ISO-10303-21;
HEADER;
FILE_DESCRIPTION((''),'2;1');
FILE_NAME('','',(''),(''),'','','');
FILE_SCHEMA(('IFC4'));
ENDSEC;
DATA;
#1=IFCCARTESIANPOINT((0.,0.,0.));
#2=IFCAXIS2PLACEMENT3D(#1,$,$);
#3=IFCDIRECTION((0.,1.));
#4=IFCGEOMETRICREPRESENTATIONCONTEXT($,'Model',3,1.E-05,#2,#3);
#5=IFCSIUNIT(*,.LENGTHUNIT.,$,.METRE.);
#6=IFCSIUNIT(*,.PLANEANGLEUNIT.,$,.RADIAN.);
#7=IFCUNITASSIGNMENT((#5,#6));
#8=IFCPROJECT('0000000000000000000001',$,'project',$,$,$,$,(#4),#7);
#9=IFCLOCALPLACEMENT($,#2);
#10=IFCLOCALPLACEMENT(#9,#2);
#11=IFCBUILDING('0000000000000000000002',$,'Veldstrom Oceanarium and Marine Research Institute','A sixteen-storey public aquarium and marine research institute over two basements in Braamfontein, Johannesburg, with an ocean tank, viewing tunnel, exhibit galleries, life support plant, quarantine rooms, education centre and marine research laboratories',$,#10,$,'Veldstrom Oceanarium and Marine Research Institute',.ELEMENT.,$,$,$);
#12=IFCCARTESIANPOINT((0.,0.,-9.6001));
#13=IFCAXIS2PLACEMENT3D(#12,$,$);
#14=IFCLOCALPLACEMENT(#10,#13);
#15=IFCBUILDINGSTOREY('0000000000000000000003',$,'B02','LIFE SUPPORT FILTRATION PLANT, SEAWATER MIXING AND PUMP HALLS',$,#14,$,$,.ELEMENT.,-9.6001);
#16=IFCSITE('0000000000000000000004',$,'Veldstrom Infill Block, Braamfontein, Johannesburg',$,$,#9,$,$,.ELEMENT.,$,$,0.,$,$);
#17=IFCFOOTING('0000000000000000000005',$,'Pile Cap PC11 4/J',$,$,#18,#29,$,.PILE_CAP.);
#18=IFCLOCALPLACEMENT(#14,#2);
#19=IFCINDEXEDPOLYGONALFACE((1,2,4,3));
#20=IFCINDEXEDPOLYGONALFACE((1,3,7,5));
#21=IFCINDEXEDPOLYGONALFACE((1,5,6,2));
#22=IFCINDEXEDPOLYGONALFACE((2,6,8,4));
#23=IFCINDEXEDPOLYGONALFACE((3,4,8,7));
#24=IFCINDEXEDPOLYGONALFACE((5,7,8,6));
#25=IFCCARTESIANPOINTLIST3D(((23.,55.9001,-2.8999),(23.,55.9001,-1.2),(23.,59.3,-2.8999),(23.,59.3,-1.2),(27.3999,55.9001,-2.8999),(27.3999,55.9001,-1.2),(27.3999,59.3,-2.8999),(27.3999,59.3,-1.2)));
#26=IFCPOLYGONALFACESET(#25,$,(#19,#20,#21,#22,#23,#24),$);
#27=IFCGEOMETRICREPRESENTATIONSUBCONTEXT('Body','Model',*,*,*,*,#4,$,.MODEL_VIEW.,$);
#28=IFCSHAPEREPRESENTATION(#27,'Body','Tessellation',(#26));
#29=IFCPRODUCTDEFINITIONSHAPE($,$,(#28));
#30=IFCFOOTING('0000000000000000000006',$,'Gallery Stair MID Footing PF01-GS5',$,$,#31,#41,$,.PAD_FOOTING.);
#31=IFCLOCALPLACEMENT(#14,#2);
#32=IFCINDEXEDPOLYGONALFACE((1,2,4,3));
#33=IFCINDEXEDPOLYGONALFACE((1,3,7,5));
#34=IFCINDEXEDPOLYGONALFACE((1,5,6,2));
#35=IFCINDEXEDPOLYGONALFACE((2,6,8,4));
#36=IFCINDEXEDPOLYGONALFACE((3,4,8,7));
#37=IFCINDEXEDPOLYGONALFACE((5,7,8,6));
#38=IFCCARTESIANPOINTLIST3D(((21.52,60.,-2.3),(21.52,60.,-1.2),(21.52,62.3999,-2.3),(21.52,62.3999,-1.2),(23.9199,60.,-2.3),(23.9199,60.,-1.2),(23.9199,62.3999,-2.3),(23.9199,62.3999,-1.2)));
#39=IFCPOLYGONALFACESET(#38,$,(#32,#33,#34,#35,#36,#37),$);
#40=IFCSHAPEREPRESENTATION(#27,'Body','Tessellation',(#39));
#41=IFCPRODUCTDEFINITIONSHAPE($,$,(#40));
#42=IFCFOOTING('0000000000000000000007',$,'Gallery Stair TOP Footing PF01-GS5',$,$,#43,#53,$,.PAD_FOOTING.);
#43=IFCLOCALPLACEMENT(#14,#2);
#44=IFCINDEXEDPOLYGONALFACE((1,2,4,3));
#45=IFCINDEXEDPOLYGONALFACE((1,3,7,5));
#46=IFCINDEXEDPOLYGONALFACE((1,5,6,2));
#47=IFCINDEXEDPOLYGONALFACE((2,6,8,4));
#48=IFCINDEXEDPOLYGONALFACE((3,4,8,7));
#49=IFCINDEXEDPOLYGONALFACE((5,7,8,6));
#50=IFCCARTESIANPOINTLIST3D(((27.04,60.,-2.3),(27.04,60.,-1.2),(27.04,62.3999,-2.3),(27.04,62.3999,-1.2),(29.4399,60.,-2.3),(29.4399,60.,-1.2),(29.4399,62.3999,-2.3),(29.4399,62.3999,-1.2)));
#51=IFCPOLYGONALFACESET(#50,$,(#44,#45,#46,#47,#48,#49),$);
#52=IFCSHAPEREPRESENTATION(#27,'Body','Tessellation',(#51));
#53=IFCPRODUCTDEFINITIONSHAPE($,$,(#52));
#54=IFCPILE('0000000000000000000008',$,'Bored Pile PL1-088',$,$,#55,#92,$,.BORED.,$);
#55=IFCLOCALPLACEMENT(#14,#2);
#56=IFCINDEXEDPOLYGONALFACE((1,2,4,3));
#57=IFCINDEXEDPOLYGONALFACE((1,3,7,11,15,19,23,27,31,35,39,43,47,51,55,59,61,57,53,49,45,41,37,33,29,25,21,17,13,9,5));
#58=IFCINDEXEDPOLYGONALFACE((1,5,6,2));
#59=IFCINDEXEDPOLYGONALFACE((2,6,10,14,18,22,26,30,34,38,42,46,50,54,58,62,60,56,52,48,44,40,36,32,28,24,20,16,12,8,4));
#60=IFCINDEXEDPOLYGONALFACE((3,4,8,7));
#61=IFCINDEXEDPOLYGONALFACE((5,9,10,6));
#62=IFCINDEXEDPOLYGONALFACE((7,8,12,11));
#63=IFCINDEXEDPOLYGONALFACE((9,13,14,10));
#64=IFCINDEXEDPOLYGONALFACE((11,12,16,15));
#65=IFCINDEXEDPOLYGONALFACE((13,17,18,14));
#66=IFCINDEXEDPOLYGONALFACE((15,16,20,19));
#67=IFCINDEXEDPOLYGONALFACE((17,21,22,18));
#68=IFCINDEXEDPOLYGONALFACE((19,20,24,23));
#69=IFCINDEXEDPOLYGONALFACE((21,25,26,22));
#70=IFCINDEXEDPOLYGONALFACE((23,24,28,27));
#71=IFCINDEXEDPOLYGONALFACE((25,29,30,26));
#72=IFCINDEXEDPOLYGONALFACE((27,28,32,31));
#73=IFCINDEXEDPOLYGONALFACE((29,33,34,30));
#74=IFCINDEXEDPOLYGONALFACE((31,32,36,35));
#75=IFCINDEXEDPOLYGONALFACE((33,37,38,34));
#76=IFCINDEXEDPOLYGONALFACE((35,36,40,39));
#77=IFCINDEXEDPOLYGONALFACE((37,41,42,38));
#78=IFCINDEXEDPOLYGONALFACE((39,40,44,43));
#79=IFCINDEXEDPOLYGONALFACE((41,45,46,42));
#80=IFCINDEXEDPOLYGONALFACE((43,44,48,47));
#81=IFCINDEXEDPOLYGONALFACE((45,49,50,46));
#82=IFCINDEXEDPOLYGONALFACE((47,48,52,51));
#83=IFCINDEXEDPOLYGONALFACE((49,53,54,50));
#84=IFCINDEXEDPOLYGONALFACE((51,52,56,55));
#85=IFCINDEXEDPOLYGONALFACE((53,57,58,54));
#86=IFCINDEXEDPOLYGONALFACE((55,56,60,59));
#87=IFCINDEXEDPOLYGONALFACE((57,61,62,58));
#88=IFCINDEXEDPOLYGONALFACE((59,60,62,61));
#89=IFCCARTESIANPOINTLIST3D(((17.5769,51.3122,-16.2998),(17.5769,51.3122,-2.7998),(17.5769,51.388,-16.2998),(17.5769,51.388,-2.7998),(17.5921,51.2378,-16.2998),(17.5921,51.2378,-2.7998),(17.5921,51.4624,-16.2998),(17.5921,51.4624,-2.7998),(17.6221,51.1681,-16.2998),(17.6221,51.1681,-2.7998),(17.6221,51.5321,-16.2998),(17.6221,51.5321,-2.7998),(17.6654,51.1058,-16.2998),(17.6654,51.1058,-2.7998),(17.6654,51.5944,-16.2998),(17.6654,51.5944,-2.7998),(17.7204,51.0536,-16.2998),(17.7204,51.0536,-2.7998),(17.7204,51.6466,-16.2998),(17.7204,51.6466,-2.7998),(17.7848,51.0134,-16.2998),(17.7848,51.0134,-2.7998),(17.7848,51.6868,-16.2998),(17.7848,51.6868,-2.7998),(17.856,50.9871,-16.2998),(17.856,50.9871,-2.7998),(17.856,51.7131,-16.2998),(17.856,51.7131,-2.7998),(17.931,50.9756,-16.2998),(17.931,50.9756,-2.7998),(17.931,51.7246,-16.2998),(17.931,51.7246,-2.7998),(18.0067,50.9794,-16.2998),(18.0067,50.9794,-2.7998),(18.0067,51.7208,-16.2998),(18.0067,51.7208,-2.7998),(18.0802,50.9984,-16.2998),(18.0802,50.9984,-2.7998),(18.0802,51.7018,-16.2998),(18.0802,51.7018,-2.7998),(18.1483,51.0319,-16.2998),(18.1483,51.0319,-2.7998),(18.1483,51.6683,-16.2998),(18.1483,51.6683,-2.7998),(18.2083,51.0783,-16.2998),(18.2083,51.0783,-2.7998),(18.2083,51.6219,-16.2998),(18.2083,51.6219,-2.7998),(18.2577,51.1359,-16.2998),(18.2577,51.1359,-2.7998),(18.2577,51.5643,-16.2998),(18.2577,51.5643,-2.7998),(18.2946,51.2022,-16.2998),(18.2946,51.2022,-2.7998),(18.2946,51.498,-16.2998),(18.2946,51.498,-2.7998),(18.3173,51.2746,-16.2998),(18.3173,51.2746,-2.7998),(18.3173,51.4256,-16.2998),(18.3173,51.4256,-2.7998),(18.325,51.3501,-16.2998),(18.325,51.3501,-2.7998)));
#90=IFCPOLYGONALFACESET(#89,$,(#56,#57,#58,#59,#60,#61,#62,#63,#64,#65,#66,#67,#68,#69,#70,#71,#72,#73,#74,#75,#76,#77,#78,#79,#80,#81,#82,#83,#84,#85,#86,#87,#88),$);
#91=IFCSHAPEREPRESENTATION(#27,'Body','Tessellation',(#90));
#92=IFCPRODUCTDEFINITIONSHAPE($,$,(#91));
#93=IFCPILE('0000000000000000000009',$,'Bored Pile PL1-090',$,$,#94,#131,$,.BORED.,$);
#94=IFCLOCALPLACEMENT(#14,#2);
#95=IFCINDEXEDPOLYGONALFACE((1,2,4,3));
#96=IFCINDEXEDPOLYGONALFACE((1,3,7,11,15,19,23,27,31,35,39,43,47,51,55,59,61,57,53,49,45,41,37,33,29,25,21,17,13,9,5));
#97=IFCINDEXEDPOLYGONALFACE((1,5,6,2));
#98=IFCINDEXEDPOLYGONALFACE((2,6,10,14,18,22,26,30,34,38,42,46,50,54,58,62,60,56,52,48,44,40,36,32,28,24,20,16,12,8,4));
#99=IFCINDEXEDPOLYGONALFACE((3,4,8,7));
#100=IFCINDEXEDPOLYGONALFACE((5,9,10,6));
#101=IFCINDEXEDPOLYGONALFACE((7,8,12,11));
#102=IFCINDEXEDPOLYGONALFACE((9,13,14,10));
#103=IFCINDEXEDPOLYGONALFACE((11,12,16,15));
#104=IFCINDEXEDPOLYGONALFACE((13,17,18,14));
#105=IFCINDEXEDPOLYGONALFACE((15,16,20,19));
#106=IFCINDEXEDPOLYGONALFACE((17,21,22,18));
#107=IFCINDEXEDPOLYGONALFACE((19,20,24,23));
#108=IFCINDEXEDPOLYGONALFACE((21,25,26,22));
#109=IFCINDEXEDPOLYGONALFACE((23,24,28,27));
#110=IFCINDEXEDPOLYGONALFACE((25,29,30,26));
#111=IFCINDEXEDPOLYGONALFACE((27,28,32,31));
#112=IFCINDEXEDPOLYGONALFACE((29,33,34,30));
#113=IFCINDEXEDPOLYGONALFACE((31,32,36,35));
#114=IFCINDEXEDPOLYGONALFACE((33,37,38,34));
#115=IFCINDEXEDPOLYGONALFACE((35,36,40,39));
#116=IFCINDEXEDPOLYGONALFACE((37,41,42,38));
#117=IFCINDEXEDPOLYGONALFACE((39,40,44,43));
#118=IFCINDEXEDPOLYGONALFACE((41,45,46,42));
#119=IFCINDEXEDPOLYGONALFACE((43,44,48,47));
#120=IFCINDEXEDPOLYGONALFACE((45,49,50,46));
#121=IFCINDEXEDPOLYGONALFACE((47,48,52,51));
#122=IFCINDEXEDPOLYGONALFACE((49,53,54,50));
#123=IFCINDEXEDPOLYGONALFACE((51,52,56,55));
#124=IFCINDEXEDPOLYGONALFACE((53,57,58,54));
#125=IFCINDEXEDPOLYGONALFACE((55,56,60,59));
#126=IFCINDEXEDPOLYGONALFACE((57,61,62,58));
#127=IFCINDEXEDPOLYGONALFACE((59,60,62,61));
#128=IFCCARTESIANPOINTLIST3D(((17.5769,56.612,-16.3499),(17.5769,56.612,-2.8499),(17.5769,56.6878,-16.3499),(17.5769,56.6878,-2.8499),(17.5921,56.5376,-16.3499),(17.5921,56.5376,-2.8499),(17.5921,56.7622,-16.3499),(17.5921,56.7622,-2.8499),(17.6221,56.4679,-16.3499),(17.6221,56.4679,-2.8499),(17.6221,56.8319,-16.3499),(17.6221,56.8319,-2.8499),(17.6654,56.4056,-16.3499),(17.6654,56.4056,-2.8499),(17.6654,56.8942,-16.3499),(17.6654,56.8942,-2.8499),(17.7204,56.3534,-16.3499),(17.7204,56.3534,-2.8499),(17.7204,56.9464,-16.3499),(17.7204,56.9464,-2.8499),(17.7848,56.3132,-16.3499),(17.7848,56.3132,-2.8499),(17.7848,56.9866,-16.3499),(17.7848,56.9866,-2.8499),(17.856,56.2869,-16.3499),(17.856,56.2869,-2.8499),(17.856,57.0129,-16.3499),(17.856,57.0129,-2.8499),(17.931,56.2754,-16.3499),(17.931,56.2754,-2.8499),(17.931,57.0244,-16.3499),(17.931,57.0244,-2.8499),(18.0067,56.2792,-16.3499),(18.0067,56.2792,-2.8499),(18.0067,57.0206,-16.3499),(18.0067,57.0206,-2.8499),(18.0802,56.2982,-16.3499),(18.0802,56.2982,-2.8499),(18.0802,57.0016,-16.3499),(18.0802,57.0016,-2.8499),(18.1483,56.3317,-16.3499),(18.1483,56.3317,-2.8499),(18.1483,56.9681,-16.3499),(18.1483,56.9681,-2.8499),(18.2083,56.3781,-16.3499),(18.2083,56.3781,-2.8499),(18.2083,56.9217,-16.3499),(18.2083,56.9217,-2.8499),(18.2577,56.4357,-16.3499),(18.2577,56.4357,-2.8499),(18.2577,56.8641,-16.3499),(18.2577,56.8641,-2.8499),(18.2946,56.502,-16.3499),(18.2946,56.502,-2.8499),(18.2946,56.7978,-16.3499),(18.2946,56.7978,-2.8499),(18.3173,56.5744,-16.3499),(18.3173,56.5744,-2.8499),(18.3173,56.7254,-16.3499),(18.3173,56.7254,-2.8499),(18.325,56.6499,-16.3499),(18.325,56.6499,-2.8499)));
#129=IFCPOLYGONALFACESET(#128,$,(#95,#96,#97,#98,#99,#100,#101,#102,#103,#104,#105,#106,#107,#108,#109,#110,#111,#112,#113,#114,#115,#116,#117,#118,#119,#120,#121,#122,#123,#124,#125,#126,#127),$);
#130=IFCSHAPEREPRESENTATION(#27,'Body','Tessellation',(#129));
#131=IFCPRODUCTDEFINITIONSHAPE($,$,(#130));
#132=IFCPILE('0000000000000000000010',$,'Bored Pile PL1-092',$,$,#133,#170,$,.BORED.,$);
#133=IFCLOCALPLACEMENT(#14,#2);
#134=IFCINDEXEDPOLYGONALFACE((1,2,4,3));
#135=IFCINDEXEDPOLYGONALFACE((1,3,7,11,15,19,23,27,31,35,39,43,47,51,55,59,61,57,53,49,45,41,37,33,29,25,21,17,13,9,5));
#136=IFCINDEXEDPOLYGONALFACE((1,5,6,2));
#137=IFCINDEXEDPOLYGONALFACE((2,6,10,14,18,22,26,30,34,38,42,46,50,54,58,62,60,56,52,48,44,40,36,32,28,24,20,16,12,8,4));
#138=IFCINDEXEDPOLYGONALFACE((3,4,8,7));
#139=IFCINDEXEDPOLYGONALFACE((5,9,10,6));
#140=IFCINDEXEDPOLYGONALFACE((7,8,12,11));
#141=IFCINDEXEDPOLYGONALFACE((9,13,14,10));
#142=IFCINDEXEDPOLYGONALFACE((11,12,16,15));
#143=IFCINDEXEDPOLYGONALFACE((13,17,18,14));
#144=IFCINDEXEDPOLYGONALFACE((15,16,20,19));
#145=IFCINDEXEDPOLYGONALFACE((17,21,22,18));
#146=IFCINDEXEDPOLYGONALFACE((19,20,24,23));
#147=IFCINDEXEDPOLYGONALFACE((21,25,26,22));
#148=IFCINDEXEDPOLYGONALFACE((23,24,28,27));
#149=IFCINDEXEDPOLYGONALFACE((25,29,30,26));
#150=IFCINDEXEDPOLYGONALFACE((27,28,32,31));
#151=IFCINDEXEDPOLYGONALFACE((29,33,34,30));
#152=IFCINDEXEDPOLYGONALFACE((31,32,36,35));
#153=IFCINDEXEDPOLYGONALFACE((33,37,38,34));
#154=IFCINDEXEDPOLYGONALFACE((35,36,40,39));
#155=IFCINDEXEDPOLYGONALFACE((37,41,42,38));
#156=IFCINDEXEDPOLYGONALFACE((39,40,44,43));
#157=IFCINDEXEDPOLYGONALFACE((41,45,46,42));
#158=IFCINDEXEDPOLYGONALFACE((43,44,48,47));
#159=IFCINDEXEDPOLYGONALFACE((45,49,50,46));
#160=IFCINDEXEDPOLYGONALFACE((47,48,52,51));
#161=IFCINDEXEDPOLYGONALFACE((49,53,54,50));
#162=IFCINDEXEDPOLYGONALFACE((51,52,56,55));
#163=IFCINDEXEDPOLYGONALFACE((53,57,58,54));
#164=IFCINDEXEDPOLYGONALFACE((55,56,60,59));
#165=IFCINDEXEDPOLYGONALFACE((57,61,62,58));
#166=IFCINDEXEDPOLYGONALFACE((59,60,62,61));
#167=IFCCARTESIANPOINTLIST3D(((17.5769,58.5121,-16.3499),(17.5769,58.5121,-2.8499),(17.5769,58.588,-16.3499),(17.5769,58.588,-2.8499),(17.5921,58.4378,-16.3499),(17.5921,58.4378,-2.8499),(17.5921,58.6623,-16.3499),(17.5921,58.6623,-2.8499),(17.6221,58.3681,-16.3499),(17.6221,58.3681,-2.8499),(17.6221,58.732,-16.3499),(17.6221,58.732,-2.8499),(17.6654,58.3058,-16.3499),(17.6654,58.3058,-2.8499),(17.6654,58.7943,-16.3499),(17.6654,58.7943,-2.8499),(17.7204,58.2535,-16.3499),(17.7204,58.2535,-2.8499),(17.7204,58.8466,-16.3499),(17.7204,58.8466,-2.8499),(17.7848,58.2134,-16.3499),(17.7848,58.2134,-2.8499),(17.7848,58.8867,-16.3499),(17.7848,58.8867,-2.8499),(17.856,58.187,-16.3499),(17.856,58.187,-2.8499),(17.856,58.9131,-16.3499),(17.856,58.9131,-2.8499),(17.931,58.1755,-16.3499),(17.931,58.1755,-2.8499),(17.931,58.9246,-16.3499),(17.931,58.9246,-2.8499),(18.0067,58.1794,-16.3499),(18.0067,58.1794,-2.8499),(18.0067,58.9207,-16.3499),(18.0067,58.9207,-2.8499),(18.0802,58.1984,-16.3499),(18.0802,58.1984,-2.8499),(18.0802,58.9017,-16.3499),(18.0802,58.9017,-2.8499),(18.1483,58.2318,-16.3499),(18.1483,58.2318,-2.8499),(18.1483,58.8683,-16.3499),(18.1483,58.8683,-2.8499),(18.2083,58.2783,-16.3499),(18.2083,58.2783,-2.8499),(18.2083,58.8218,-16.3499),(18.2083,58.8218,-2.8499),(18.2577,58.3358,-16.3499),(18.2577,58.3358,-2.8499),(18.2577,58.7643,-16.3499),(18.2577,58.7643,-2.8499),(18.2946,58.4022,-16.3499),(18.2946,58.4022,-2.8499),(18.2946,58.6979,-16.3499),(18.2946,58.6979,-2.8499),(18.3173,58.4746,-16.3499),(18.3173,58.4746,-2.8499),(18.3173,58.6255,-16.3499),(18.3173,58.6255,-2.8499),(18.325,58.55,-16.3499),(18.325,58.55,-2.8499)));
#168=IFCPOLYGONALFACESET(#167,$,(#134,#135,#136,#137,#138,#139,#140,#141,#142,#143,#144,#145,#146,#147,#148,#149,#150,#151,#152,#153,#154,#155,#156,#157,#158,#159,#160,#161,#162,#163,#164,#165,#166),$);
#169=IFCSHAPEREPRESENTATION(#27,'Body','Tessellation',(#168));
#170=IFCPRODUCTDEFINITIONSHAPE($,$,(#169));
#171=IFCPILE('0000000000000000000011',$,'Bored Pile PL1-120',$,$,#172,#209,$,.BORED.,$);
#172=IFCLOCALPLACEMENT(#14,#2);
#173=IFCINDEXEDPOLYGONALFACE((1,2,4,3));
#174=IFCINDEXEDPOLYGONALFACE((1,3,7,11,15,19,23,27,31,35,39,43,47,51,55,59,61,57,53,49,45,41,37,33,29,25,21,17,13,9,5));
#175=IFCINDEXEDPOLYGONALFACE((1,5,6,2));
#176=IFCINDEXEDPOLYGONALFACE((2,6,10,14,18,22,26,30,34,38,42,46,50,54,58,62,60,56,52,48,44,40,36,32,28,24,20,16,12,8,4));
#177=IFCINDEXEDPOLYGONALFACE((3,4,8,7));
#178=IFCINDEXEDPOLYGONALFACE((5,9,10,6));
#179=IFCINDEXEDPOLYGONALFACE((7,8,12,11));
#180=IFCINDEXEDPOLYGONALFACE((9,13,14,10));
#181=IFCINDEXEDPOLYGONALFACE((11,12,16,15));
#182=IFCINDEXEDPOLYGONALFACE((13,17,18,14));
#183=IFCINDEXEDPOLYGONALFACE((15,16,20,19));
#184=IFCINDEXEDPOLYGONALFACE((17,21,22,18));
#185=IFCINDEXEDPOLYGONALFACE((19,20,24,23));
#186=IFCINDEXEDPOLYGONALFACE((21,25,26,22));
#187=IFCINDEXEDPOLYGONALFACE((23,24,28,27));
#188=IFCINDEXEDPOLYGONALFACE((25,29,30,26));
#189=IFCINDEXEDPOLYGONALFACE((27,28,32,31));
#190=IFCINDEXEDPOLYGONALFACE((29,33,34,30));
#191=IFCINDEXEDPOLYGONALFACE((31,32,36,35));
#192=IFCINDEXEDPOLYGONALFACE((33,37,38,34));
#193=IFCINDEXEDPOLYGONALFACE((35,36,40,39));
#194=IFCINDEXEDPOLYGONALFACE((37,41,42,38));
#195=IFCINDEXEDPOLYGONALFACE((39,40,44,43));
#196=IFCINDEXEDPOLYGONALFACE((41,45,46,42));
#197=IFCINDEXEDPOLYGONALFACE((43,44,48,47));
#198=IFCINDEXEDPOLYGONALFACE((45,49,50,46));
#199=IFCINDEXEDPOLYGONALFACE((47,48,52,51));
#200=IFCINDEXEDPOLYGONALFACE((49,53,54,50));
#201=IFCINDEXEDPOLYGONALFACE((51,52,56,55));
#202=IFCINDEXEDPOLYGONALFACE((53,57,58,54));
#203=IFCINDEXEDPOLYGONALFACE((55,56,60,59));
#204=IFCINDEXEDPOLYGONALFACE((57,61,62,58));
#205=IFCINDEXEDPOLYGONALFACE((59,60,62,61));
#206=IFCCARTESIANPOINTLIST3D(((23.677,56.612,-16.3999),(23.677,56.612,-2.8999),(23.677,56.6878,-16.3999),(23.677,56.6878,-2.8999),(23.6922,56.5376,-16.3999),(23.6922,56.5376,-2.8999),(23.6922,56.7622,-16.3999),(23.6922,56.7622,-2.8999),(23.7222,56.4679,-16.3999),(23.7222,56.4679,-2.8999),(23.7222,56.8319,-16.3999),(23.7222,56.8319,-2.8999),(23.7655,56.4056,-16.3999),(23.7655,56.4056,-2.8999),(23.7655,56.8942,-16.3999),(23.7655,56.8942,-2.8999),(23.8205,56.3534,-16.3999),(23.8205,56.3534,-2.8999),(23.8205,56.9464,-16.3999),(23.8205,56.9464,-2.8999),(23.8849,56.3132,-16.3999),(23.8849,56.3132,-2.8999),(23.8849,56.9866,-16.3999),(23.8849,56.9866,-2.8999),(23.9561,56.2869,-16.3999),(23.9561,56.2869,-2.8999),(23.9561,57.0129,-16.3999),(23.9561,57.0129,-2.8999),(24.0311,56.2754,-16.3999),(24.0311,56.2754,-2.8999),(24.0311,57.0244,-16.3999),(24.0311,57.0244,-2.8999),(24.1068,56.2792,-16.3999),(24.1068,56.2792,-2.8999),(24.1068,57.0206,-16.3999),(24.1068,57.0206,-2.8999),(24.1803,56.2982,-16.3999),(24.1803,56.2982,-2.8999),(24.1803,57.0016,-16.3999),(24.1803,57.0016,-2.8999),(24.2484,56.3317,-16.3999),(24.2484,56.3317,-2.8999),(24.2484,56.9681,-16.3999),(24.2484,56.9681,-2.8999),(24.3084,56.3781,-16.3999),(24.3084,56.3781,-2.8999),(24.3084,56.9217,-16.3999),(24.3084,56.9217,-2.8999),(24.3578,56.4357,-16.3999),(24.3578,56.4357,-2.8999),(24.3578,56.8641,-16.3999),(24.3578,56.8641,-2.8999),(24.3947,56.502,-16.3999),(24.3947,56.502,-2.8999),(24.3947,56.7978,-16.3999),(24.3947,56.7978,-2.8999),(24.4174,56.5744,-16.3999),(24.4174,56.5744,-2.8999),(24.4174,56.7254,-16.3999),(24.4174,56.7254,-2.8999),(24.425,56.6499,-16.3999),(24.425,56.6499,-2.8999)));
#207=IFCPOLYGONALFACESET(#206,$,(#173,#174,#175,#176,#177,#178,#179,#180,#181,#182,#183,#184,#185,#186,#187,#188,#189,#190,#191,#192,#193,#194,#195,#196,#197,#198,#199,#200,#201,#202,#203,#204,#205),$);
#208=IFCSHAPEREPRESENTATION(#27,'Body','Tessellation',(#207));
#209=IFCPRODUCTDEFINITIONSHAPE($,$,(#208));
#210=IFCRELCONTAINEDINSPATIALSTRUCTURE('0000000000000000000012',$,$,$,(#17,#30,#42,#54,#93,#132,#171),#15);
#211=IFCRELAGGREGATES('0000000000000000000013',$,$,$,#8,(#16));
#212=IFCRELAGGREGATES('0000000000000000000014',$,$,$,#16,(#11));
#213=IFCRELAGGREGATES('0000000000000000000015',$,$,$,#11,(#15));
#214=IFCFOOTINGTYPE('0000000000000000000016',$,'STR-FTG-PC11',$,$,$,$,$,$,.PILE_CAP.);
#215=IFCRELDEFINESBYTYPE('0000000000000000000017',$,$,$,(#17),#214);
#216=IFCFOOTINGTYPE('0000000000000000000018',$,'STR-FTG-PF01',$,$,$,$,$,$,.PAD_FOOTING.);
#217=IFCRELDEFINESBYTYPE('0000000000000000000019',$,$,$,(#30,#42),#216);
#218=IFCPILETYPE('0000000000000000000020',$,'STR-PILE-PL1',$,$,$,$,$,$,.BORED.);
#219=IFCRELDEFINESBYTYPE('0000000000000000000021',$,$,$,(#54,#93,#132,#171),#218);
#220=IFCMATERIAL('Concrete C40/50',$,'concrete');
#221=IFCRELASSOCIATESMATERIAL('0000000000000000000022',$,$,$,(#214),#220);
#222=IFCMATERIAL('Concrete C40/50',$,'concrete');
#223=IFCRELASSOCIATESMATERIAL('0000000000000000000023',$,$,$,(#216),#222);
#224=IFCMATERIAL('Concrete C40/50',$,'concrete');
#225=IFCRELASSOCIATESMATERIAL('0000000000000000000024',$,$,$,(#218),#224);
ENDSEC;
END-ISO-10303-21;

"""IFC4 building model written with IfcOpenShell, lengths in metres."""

from ifc_helpers import new_model, si_unit, direction, frame, origin, origin_2d, place, context, subcontext, project, spatial, rectangle, circle, extrude, material, material_profile, profile_set, type_object, element, save


model = new_model("IFC4")

# Units and contexts
model_context = context("Model", 3, precision=1e-05, world=origin(), true_north=direction((0.0, 1.0)))
body_context = subcontext(model_context, "Body", "Model", "MODEL_VIEW")
ifc_project = project(units=[si_unit("LENGTHUNIT", "METRE"), si_unit("PLANEANGLEUNIT", "RADIAN")], contexts=[model_context])

# Site, building, storey
site_placement = place(None, origin())
site = spatial("IfcSite", under=ifc_project, at=site_placement, Name="Veldstrom Infill Block, Braamfontein, Johannesburg", CompositionType="ELEMENT", RefElevation=0.0)
building_placement = place(site_placement, origin())
building = spatial("IfcBuilding", under=site, at=building_placement, Name="Veldstrom Oceanarium and Marine Research Institute", Description="A sixteen-storey public aquarium and marine research institute over two basements in Braamfontein, Johannesburg, with an ocean tank, viewing tunnel, exhibit galleries, life support plant, quarantine rooms, education centre and marine research laboratories", LongName="Veldstrom Oceanarium and Marine Research Institute", CompositionType="ELEMENT")
storey_placement = place(building_placement, frame((0.0, 0.0, -9.6001)))
storey = spatial("IfcBuildingStorey", under=building, at=storey_placement, Name="B02", Description="LIFE SUPPORT FILTRATION PLANT, SEAWATER MIXING AND PUMP HALLS", CompositionType="ELEMENT", Elevation=-9.6001)

# Footings
ifc_material_1 = material(Name="Concrete C40/50", Category="concrete")
footing_type_1 = type_object("IfcFootingType", Name="STR-FTG-PC11", PredefinedType="PILE_CAP", material=ifc_material_1)
footing_placement = place(storey_placement, frame((25.2, 57.6001, -2.8999), z_axis=(0.0, 0.0, 1.0), x_axis=(1.0, 0.0, 0.0)))
element("IfcFooting", 1, at=footing_placement, inside=storey, type_object=footing_type_1, Name="Pile Cap PC11 4/J", PredefinedType="PILE_CAP", context=body_context, shape_type="SweptSolid", body=[
    extrude(rectangle(XDim=4.3999, YDim=3.3999, at=origin_2d()), origin(), (0.0, 0.0, 1.0), 1.7),
])
ifc_material_2 = material(Name="Concrete C40/50", Category="concrete")
footing_type_2 = type_object("IfcFootingType", Name="STR-FTG-PF01", PredefinedType="PAD_FOOTING", material=ifc_material_2)
for number, where, z_axis, x_axis, name in (
    (2, (22.72, 61.2, -2.3), (0.0, 0.0, 1.0), (1.0, 0.0, 0.0), "Gallery Stair MID Footing PF01-GS5"),
    (3, (28.24, 61.2, -2.3), (0.0, 0.0, 1.0), (1.0, 0.0, 0.0), "Gallery Stair TOP Footing PF01-GS5"),
):
    element("IfcFooting", number, at=place(storey_placement, frame(where, z_axis=z_axis, x_axis=x_axis)), inside=storey, type_object=footing_type_2, Name=name, PredefinedType="PAD_FOOTING", context=body_context, shape_type="SweptSolid", body=[
        extrude(rectangle(XDim=2.3999, YDim=2.3999, at=origin_2d()), origin(), (0.0, 0.0, 1.0), 1.1001),
    ])

# Piles
ifc_material_3 = material(Name="Concrete C40/50", Category="concrete")
ifc_material_profile_1 = material_profile(ifc_material_3, circle(Radius=0.375, at=origin_2d()), Name="PILE-D750")
ifc_profile_set_1 = profile_set([ifc_material_profile_1], Name="Concrete C40/50")
pile_type = type_object("IfcPileType", Name="STR-PILE-PL1", PredefinedType="BORED", material=ifc_profile_set_1)
for number, where, z_axis, x_axis, name in (
    (4, (17.95, 51.3501, -2.7998), (0.0, 0.0, -1.0), (1.0, 0.0, 0.0), "Bored Pile PL1-088"),
    (5, (17.95, 56.6499, -2.8499), (0.0, 0.0, -1.0), (1.0, 0.0, 0.0), "Bored Pile PL1-090"),
    (6, (17.95, 58.55, -2.8499), (0.0, 0.0, -1.0), (1.0, 0.0, 0.0), "Bored Pile PL1-092"),
    (7, (24.05, 56.6499, -2.8999), (0.0, 0.0, -1.0), (1.0, 0.0, 0.0), "Bored Pile PL1-120"),
):
    element("IfcPile", number, at=place(storey_placement, frame(where, z_axis=z_axis, x_axis=x_axis)), inside=storey, type_object=pile_type, Name=name, PredefinedType="BORED", context=body_context, shape_type="SweptSolid", body=[
        extrude(circle(Radius=0.375, at=origin_2d()), origin(), (0.0, 0.0, 1.0), 13.5),
    ])

save(model, "model.ifc")
